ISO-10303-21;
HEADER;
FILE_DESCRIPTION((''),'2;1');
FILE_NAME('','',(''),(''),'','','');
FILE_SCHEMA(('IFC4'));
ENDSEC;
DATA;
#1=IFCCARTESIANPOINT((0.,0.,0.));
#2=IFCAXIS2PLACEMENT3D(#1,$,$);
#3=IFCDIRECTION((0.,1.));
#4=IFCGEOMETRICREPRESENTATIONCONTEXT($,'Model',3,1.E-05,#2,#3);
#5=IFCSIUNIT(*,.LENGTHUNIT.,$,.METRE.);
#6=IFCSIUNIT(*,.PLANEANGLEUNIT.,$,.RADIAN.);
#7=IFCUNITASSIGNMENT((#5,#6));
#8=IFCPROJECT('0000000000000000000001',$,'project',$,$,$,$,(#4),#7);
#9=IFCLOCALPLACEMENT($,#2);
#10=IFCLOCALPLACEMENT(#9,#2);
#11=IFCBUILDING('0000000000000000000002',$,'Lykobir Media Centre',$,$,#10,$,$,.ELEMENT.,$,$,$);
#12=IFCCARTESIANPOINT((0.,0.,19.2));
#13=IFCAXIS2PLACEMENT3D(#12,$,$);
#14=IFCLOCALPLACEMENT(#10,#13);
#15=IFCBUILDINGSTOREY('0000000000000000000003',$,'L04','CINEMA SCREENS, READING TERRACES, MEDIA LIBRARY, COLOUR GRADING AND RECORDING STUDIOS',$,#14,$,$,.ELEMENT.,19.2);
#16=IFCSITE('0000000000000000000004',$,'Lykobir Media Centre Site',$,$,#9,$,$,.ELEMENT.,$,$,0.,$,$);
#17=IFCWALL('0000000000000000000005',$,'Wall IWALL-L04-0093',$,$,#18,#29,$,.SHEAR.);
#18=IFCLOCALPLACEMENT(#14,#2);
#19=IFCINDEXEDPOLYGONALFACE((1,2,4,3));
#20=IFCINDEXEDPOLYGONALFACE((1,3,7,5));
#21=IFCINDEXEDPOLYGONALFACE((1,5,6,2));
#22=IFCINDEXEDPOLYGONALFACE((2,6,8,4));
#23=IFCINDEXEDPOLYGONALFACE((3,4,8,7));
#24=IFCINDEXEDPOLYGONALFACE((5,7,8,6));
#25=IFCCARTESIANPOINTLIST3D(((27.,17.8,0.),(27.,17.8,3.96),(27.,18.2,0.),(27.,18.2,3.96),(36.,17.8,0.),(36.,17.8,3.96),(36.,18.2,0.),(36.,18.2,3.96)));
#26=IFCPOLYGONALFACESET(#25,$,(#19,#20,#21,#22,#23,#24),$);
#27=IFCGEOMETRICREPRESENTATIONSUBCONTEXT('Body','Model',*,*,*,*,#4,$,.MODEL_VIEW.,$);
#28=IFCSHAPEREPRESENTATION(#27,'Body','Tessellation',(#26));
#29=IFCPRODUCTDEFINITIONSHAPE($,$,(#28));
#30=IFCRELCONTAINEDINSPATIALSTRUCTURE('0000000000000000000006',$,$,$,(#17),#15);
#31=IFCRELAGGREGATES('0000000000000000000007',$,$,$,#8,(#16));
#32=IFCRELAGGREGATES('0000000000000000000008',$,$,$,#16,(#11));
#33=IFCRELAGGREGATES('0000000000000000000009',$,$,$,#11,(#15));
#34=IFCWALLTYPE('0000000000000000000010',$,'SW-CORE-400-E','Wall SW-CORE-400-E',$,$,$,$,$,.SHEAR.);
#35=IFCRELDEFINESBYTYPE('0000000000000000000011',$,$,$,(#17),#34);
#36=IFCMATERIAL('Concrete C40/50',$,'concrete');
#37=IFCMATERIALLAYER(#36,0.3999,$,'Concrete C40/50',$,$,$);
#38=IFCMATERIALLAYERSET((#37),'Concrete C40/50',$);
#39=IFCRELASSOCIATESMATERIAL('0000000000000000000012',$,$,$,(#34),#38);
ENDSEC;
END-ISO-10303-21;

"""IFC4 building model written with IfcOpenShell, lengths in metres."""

from ifc_helpers import new_model, si_unit, direction, frame, frame_2d, origin, place, context, subcontext, project, spatial, rectangle, extrude, material, layer, layer_set, type_object, element, save


model = new_model("IFC4")

# Units and contexts
model_context = context("Model", 3, precision=1e-05, world=origin(), true_north=direction((0.0, 1.0)))
body_context = subcontext(model_context, "Body", "Model", "MODEL_VIEW")
ifc_project = project(units=[si_unit("LENGTHUNIT", "METRE"), si_unit("PLANEANGLEUNIT", "RADIAN")], contexts=[model_context])

# Site, building, storey
site_placement = place(None, origin())
site = spatial("IfcSite", under=ifc_project, at=site_placement, Name="Lykobir Media Centre Site", CompositionType="ELEMENT", RefElevation=0.0)
building_placement = place(site_placement, origin())
building = spatial("IfcBuilding", under=site, at=building_placement, Name="Lykobir Media Centre", CompositionType="ELEMENT")
storey_placement = place(building_placement, frame((0.0, 0.0, 19.2)))
storey = spatial("IfcBuildingStorey", under=building, at=storey_placement, Name="L04", Description="CINEMA SCREENS, READING TERRACES, MEDIA LIBRARY, COLOUR GRADING AND RECORDING STUDIOS", CompositionType="ELEMENT", Elevation=19.2)

# Wall
ifc_material_1 = material(Name="Concrete C40/50", Category="concrete")
ifc_layer_1 = layer(ifc_material_1, 0.3999, Name="Concrete C40/50")
ifc_layer_set_1 = layer_set([ifc_layer_1], Name="Concrete C40/50")
wall_type_1 = type_object("IfcWallType", Name="SW-CORE-400-E", Description="Wall SW-CORE-400-E", PredefinedType="SHEAR", material=ifc_layer_set_1)
wall_1_placement = place(storey_placement, frame((36.0, 18.0, 0.0), z_axis=(0.0, 0.0, 1.0), x_axis=(-1.0, 0.0, 0.0)))
element("IfcWall", 1, at=wall_1_placement, inside=storey, type_object=wall_type_1, Name="Wall IWALL-L04-0093", PredefinedType="SHEAR", context=body_context, shape_type="SweptSolid", body=[
    extrude(rectangle(XDim=9.0, YDim=0.3999, at=frame_2d((4.5, 0.0))), origin(), (0.0, 0.0, 1.0), 3.96),
])

save(model, "model.ifc")
